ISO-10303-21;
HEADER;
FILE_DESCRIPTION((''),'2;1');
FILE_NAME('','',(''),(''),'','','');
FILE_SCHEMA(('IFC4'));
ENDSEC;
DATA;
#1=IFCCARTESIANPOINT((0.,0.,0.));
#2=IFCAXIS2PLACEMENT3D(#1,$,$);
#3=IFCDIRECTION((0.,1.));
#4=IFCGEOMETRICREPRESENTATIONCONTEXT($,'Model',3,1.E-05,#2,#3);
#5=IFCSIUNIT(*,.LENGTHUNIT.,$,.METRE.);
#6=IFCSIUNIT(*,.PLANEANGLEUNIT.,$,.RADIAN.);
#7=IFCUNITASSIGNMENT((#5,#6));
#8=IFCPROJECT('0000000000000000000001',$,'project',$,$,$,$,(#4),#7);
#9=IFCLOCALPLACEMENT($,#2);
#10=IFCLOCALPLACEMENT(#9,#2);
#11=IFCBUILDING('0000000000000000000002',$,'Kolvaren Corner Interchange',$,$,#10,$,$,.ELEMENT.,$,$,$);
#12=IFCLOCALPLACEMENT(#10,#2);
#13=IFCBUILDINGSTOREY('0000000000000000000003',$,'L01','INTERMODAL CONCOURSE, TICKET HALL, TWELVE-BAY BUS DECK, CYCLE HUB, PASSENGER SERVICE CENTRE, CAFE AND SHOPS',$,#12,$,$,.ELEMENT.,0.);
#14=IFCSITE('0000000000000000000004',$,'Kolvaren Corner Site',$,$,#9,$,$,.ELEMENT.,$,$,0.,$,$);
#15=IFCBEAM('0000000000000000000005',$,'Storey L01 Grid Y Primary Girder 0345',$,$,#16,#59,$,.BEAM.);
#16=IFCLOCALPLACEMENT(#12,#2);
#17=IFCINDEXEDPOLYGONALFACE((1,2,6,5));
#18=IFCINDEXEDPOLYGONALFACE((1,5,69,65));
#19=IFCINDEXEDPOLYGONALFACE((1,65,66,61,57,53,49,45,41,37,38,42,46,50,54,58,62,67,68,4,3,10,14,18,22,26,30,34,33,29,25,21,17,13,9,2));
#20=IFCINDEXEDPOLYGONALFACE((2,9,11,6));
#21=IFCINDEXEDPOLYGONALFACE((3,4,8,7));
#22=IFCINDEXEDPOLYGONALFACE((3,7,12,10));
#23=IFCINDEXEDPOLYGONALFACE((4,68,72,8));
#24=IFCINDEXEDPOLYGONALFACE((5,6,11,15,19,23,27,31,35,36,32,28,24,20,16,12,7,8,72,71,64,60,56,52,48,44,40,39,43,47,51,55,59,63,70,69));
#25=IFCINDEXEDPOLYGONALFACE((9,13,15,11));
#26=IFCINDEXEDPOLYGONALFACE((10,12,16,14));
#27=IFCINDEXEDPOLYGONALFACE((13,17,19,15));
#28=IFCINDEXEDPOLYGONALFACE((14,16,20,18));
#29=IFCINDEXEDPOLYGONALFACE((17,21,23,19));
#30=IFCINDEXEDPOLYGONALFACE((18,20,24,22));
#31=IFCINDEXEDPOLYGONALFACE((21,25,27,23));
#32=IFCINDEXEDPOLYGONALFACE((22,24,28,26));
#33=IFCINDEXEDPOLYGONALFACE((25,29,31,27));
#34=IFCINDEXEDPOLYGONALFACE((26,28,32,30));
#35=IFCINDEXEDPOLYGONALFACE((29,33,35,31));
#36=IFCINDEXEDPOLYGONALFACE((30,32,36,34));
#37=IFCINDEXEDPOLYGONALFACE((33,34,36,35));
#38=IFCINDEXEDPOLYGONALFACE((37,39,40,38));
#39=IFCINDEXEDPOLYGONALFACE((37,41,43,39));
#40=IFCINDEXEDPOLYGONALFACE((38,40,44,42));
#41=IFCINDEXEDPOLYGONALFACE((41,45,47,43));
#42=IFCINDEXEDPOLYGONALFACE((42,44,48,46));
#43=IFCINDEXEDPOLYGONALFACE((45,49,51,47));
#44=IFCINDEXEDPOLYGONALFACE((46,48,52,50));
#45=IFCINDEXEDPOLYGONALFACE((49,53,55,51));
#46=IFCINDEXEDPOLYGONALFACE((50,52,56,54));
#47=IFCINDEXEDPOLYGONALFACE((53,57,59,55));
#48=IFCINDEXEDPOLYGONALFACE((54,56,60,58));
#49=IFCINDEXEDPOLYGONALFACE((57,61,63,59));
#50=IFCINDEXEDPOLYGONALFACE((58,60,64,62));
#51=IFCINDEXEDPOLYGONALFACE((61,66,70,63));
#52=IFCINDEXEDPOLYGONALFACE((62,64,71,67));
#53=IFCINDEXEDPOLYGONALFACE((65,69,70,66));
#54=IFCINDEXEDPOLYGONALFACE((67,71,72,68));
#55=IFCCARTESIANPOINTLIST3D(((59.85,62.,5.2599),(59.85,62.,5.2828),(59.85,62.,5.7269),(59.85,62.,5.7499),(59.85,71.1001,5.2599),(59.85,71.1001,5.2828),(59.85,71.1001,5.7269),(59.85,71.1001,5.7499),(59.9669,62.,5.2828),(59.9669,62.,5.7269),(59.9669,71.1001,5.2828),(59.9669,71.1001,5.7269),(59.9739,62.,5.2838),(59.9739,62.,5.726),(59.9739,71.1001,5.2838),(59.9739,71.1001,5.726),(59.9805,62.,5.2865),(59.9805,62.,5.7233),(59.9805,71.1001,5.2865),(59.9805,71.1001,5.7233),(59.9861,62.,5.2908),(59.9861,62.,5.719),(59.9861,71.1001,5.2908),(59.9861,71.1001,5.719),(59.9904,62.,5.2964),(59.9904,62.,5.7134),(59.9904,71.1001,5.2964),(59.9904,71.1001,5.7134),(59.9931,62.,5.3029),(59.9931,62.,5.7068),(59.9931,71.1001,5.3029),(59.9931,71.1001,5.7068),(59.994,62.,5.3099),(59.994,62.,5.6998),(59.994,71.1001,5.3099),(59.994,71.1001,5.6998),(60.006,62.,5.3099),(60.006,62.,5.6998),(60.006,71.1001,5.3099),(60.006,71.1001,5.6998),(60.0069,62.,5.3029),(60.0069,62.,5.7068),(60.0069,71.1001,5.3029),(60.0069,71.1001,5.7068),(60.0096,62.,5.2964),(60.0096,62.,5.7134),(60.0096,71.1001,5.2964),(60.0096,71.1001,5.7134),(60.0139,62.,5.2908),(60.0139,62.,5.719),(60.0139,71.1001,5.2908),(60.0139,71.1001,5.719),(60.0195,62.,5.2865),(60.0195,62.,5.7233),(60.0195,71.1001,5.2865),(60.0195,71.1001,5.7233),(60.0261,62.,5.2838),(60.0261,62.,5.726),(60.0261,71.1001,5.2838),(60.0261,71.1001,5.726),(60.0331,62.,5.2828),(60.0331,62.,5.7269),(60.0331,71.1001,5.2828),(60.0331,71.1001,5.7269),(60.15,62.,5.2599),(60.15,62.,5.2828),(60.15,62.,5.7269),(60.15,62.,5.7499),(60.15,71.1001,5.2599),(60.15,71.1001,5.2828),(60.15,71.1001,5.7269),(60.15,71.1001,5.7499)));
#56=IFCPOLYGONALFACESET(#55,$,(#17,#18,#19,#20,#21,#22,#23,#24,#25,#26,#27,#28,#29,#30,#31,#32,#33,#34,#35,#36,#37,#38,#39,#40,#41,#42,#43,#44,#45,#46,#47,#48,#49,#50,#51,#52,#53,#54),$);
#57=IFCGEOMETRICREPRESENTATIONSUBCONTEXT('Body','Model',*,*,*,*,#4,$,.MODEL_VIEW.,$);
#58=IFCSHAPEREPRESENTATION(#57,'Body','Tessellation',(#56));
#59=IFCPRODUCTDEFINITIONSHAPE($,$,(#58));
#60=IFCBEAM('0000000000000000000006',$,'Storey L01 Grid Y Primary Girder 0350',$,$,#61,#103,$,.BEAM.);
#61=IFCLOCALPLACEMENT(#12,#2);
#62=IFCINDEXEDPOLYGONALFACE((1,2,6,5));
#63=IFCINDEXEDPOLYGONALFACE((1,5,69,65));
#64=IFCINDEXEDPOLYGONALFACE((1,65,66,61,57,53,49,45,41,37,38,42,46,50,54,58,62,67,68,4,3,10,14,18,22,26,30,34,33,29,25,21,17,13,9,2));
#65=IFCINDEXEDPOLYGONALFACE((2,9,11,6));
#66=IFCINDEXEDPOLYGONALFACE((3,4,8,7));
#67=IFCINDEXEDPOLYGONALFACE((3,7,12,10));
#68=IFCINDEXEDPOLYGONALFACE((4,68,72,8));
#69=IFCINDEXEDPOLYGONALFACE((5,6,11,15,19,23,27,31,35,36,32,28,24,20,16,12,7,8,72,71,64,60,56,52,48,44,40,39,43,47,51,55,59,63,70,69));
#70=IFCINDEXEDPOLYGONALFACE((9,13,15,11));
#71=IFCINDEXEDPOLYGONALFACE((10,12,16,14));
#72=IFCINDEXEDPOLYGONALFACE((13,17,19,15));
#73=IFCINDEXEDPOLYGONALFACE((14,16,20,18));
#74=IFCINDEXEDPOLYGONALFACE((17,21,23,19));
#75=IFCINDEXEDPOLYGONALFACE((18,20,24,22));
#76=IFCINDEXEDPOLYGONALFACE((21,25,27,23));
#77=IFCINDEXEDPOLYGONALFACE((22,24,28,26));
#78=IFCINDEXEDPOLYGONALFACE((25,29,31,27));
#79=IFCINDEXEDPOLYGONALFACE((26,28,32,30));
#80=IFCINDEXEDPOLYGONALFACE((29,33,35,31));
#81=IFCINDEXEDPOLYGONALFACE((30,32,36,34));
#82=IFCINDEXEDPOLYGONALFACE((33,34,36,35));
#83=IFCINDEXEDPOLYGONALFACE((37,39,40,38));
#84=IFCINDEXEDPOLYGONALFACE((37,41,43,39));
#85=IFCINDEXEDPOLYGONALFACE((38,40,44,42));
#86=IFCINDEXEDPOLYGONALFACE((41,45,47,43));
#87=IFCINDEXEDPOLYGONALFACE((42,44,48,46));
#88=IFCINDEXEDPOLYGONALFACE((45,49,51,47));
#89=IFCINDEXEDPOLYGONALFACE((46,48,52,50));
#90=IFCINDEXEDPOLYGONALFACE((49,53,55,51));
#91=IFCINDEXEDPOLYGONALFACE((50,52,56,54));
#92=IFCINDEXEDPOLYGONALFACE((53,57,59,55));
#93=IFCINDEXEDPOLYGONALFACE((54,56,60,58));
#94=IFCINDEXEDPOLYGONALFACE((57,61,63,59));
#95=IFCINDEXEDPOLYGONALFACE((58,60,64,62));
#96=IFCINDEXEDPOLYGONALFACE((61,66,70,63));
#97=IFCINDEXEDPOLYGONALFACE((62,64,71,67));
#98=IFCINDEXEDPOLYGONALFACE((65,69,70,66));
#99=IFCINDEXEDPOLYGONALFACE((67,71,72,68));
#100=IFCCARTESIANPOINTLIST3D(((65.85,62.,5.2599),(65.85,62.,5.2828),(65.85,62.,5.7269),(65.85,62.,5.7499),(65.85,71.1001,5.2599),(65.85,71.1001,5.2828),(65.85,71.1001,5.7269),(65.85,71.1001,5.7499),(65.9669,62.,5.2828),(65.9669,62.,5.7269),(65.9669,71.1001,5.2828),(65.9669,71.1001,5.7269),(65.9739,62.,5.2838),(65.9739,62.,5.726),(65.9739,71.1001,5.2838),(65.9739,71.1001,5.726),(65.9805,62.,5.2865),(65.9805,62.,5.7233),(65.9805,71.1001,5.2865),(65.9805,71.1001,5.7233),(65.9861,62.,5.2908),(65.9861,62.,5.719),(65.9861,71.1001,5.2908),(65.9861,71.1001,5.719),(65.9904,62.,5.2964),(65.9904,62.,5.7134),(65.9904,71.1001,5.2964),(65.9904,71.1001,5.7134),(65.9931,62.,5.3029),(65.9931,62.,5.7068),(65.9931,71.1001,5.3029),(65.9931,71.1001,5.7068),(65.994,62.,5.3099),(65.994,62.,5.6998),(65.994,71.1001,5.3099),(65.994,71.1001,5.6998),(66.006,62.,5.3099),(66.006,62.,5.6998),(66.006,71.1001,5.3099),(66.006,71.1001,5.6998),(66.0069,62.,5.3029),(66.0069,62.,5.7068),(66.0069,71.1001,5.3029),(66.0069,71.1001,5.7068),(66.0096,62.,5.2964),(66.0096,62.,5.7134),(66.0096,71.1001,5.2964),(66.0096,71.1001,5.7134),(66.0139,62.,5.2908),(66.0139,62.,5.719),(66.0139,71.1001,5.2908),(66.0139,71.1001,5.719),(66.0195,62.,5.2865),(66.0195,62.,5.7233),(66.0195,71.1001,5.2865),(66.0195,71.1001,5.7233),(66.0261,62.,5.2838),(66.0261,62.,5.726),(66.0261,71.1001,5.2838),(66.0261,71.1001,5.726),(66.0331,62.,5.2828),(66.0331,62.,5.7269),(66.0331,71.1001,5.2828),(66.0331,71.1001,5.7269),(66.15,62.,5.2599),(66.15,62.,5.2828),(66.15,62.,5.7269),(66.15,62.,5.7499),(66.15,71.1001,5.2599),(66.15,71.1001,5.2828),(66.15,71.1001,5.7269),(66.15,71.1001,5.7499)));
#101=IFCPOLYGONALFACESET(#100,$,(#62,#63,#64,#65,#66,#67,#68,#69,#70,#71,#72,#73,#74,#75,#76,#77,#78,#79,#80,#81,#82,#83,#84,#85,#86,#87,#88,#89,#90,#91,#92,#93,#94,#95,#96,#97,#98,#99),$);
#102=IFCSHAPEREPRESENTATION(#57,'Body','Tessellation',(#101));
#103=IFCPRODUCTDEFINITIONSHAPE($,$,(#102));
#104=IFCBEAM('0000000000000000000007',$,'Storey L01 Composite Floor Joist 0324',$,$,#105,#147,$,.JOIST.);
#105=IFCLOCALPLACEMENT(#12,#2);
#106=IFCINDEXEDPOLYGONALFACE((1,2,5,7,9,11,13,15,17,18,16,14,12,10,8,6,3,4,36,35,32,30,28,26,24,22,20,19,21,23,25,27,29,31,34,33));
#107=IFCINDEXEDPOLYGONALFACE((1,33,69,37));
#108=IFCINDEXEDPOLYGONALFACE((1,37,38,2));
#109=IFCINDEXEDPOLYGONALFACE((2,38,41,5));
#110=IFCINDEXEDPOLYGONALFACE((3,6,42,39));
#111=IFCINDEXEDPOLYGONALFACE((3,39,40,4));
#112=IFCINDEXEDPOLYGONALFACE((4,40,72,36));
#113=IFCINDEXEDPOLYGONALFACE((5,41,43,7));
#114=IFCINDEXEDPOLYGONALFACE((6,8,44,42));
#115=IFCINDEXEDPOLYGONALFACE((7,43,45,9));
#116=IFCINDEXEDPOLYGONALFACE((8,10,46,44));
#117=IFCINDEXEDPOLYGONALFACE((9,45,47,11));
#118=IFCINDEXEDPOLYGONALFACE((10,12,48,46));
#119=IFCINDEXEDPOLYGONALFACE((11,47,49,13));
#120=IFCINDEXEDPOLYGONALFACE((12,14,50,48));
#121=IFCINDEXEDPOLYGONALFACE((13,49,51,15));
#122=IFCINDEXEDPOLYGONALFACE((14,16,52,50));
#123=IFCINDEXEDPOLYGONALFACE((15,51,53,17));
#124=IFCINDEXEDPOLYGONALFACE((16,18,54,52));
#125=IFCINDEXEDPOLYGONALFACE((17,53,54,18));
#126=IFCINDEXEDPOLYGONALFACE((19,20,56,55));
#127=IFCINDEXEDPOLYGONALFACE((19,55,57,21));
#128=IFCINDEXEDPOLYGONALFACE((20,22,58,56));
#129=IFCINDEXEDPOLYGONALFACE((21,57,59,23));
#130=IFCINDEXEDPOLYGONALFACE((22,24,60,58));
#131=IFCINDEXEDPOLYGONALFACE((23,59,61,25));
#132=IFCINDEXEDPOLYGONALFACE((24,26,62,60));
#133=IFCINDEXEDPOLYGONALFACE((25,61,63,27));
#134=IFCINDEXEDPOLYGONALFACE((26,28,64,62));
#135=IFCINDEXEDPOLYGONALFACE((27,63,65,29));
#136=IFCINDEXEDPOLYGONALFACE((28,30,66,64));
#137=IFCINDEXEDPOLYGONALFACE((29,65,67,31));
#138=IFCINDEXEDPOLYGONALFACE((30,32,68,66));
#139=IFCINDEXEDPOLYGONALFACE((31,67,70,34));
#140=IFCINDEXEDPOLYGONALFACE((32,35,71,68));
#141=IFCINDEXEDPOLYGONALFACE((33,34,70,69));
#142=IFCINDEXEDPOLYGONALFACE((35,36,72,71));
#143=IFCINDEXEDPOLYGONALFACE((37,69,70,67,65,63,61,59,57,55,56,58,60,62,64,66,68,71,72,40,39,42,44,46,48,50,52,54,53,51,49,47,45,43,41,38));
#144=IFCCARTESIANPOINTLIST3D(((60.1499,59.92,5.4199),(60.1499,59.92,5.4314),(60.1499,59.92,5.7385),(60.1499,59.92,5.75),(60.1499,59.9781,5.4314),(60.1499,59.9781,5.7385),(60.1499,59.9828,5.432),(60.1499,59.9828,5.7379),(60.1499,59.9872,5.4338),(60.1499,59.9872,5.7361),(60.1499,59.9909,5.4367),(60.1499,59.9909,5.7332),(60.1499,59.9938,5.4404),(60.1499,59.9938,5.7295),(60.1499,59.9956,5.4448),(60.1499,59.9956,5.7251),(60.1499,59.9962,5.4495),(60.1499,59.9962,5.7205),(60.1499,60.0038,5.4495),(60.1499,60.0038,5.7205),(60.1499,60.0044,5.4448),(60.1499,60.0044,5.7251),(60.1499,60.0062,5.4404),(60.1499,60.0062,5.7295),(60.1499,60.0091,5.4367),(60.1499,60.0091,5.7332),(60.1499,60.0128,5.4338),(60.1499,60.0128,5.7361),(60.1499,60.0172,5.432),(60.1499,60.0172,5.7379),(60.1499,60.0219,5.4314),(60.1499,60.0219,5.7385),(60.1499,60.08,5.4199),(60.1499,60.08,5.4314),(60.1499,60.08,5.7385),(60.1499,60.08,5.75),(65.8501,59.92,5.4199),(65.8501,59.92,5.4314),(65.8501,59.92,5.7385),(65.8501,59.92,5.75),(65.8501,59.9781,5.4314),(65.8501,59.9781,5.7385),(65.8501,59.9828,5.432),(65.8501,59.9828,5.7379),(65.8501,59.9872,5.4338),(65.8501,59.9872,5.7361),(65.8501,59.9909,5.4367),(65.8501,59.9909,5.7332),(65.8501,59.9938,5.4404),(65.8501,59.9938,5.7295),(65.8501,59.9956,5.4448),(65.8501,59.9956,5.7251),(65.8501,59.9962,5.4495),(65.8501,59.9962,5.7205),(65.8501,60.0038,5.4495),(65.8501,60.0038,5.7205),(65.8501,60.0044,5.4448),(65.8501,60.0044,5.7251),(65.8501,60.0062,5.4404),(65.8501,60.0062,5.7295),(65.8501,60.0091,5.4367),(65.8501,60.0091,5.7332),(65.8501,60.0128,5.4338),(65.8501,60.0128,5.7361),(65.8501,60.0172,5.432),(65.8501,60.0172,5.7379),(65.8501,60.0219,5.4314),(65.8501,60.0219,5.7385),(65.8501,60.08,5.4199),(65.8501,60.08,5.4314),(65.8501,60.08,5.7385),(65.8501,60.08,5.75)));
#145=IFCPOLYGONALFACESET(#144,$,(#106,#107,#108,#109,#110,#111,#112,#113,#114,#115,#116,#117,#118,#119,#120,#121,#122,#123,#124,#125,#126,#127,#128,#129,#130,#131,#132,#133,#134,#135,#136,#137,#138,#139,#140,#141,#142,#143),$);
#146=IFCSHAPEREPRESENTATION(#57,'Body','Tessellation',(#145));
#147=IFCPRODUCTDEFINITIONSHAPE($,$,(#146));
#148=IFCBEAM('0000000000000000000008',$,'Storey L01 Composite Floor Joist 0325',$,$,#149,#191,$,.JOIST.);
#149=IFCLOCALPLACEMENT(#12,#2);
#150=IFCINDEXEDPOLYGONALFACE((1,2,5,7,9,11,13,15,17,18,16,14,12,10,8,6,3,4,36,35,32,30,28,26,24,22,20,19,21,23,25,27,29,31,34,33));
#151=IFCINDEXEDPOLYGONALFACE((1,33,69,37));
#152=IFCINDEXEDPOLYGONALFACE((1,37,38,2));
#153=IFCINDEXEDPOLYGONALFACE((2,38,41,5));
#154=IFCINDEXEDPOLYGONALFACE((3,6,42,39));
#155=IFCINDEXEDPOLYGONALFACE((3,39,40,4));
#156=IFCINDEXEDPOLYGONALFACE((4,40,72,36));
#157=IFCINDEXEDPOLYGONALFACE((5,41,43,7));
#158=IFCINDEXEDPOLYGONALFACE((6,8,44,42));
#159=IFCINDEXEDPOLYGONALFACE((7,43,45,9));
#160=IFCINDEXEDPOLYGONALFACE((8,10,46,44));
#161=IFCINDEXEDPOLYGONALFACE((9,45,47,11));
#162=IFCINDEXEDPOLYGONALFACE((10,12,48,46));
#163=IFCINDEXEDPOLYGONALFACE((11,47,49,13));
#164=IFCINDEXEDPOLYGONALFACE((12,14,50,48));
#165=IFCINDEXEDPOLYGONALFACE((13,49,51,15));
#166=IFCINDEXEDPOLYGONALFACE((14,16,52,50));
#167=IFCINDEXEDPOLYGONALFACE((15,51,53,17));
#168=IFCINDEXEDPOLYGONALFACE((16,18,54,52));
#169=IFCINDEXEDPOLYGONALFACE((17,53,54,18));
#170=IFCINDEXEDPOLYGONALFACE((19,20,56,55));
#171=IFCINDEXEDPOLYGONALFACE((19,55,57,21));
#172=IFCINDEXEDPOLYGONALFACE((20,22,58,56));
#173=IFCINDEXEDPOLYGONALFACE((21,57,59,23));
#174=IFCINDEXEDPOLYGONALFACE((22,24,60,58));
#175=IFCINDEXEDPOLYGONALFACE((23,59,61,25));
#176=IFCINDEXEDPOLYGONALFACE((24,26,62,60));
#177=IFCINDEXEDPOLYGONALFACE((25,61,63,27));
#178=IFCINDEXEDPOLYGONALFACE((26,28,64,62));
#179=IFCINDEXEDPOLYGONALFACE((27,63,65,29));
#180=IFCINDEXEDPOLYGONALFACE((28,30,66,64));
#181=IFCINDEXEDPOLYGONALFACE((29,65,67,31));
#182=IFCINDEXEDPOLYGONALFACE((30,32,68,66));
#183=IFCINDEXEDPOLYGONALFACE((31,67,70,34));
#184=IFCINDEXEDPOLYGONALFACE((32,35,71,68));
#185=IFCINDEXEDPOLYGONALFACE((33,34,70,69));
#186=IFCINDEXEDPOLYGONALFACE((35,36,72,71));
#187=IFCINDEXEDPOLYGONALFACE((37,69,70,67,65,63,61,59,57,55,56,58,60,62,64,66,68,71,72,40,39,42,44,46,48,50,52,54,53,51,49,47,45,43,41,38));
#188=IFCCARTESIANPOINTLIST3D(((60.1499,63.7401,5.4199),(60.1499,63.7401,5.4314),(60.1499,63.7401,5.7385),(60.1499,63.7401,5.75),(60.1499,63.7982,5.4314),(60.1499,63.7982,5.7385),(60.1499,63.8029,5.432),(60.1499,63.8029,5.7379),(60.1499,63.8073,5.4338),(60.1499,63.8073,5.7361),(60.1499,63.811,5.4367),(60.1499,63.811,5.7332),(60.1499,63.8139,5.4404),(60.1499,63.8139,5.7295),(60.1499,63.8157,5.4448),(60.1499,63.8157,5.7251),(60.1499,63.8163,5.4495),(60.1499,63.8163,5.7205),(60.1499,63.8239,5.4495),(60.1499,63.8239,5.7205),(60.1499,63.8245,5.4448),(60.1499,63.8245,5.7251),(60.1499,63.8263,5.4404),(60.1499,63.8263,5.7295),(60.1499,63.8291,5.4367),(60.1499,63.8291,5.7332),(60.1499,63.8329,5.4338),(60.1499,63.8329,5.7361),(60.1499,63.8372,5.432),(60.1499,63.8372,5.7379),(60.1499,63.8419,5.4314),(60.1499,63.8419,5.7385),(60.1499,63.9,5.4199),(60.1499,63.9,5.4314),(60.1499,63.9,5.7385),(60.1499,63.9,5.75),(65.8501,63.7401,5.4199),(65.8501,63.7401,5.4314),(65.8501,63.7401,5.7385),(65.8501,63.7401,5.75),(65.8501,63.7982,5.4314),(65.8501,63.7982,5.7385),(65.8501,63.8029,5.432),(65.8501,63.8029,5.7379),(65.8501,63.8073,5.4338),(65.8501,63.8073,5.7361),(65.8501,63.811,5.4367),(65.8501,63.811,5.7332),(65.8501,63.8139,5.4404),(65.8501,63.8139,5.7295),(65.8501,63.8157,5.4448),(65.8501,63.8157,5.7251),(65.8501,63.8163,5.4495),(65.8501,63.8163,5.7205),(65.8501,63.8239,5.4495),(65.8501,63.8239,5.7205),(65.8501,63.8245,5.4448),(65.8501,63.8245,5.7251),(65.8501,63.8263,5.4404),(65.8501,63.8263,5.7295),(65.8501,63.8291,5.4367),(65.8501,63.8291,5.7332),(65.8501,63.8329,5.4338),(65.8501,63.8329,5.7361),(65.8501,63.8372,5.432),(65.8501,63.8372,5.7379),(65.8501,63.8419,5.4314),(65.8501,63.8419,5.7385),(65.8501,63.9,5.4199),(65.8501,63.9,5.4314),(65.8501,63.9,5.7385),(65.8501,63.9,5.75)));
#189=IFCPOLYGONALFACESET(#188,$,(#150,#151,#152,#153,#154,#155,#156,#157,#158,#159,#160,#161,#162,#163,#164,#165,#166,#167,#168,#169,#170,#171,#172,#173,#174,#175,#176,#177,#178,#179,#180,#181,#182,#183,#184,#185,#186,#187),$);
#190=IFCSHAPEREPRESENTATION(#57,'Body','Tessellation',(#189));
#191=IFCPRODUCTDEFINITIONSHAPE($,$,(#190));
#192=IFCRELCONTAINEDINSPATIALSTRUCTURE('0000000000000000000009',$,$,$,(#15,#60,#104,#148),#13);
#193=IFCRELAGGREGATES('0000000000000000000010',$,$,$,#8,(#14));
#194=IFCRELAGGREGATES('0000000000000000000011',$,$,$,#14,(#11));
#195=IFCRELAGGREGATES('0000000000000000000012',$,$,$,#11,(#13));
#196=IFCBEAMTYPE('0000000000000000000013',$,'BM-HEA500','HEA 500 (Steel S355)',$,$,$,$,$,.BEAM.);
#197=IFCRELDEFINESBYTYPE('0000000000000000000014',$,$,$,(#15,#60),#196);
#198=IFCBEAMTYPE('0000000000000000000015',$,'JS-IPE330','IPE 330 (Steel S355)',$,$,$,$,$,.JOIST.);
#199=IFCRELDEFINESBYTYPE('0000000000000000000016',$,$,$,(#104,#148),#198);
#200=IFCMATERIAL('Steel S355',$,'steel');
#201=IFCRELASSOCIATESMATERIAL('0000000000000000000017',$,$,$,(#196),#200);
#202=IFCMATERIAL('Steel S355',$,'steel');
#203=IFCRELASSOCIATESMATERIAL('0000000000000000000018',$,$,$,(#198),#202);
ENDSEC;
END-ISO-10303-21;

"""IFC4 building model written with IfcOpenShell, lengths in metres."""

from ifc_helpers import new_model, si_unit, direction, frame, origin, origin_2d, place, context, subcontext, project, spatial, i_section, extrude, material, material_profile, profile_set, type_object, element, save


model = new_model("IFC4")

# Units and contexts
model_context = context("Model", 3, precision=1e-05, world=origin(), true_north=direction((0.0, 1.0)))
body_context = subcontext(model_context, "Body", "Model", "MODEL_VIEW")
ifc_project = project(units=[si_unit("LENGTHUNIT", "METRE"), si_unit("PLANEANGLEUNIT", "RADIAN")], contexts=[model_context])

# Site, building, storey
site_placement = place(None, origin())
site = spatial("IfcSite", under=ifc_project, at=site_placement, Name="Kolvaren Corner Site", CompositionType="ELEMENT", RefElevation=0.0)
building_placement = place(site_placement, origin())
building = spatial("IfcBuilding", under=site, at=building_placement, Name="Kolvaren Corner Interchange", CompositionType="ELEMENT")
storey_placement = place(building_placement, origin())
storey = spatial("IfcBuildingStorey", under=building, at=storey_placement, Name="L01", Description="INTERMODAL CONCOURSE, TICKET HALL, TWELVE-BAY BUS DECK, CYCLE HUB, PASSENGER SERVICE CENTRE, CAFE AND SHOPS", CompositionType="ELEMENT", Elevation=0.0)

# Beams
ifc_material_1 = material(Name="Steel S355", Category="steel")
ifc_material_profile_1 = material_profile(ifc_material_1, i_section(OverallWidth=0.3, OverallDepth=0.49, WebThickness=0.012, FlangeThickness=0.0229, FilletRadius=0.0271, at=origin_2d()), Name="HEA 500")
ifc_profile_set_1 = profile_set([ifc_material_profile_1], Name="Steel S355")
beam_type_1 = type_object("IfcBeamType", Name="BM-HEA500", Description="HEA 500 (Steel S355)", PredefinedType="BEAM", material=ifc_profile_set_1)
for number, where, z_axis, x_axis, name in (
    (1, (60.0, 62.0, 5.5049), (0.0, 1.0, 0.0), (-1.0, 0.0, 0.0), "Storey L01 Grid Y Primary Girder 0345"),
    (2, (66.0, 62.0, 5.5049), (0.0, 1.0, 0.0), (-1.0, 0.0, 0.0), "Storey L01 Grid Y Primary Girder 0350"),
):
    element("IfcBeam", number, at=place(storey_placement, frame(where, z_axis=z_axis, x_axis=x_axis)), inside=storey, type_object=beam_type_1, Name=name, PredefinedType="BEAM", context=body_context, shape_type="SweptSolid", body=[
        extrude(i_section(OverallWidth=0.3, OverallDepth=0.49, WebThickness=0.012, FlangeThickness=0.0229, FilletRadius=0.0271, at=origin_2d()), origin(), (0.0, 0.0, 1.0), 9.1001),
    ])
ifc_material_2 = material(Name="Steel S355", Category="steel")
ifc_material_profile_2 = material_profile(ifc_material_2, i_section(OverallWidth=0.1599, OverallDepth=0.3301, WebThickness=0.0076, FlangeThickness=0.0115, FilletRadius=0.0181, at=origin_2d()), Name="IPE 330")
ifc_profile_set_2 = profile_set([ifc_material_profile_2], Name="Steel S355")
beam_type_2 = type_object("IfcBeamType", Name="JS-IPE330", Description="IPE 330 (Steel S355)", PredefinedType="JOIST", material=ifc_profile_set_2)
for number, where, z_axis, x_axis, name in (
    (3, (60.1499, 60.0, 5.585), (1.0, 0.0, 0.0), (0.0, 1.0, 0.0), "Storey L01 Composite Floor Joist 0324"),
    (4, (60.1499, 63.8201, 5.585), (1.0, 0.0, 0.0), (0.0, 1.0, 0.0), "Storey L01 Composite Floor Joist 0325"),
):
    element("IfcBeam", number, at=place(storey_placement, frame(where, z_axis=z_axis, x_axis=x_axis)), inside=storey, type_object=beam_type_2, Name=name, PredefinedType="JOIST", context=body_context, shape_type="SweptSolid", body=[
        extrude(i_section(OverallWidth=0.1599, OverallDepth=0.3301, WebThickness=0.0076, FlangeThickness=0.0115, FilletRadius=0.0181, at=origin_2d()), origin(), (0.0, 0.0, 1.0), 5.7002),
    ])

save(model, "model.ifc")
